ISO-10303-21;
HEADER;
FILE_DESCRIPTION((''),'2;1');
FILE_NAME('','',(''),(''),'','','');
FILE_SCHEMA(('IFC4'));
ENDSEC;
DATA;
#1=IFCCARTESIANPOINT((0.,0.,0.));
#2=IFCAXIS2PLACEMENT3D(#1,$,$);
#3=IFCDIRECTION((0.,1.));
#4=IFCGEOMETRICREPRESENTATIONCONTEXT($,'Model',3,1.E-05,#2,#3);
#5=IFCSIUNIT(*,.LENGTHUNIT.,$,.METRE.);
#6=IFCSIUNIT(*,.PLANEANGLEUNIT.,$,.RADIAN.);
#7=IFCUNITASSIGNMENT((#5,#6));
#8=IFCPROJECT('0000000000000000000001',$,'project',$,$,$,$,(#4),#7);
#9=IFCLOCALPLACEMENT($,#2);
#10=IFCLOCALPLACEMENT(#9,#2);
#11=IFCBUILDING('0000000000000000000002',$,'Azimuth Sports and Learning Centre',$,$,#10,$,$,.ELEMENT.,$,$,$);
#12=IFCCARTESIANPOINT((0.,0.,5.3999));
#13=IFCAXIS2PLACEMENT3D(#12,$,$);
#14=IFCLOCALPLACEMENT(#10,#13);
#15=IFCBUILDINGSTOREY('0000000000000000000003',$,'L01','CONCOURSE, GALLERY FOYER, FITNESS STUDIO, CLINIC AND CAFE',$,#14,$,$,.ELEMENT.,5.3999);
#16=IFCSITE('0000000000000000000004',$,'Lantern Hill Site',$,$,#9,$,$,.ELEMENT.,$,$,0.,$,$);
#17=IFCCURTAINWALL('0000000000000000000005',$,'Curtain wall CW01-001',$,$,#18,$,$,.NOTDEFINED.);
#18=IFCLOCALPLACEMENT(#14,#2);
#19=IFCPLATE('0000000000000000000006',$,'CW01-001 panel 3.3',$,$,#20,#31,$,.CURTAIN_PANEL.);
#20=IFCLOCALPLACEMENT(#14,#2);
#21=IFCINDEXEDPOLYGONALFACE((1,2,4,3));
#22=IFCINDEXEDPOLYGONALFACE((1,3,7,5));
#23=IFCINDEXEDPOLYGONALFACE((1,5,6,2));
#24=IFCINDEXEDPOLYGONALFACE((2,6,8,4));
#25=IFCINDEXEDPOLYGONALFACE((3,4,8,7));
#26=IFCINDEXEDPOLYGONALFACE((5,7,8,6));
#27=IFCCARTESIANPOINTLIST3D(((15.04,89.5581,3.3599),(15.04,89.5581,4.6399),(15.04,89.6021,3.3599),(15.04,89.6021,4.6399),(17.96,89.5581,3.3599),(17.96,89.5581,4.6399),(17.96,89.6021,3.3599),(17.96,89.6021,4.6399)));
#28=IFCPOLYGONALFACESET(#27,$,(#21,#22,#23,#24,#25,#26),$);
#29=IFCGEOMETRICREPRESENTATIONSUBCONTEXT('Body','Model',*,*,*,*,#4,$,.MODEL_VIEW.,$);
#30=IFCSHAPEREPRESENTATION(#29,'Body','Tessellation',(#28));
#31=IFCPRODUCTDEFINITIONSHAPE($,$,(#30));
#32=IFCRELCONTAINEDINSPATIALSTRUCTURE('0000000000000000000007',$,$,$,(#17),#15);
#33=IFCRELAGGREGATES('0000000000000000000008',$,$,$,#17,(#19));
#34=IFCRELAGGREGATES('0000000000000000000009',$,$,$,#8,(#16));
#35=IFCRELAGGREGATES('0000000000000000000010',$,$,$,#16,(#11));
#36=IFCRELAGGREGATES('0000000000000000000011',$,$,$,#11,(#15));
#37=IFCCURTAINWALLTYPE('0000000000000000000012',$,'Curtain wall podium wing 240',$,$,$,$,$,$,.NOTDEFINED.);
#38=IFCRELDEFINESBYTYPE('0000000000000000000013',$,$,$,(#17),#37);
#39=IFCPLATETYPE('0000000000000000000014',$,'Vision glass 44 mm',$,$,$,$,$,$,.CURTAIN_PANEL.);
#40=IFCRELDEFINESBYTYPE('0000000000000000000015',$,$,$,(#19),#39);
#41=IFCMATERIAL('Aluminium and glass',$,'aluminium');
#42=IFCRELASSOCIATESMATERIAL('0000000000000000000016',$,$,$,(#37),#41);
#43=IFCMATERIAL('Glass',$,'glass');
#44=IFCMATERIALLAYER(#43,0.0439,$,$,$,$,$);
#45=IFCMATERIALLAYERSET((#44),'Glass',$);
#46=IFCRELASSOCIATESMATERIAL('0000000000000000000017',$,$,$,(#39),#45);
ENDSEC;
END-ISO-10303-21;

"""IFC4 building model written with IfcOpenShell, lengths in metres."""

from ifc_helpers import new_model, si_unit, direction, frame, origin, origin_2d, place, context, subcontext, project, spatial, rectangle, extrude, material, layer, layer_set, type_object, element, aggregate, save


model = new_model("IFC4")

# Units and contexts
model_context = context("Model", 3, precision=1e-05, world=origin(), true_north=direction((0.0, 1.0)))
body_context = subcontext(model_context, "Body", "Model", "MODEL_VIEW")
ifc_project = project(units=[si_unit("LENGTHUNIT", "METRE"), si_unit("PLANEANGLEUNIT", "RADIAN")], contexts=[model_context])

# Site, building, storey
site_placement = place(None, origin())
site = spatial("IfcSite", under=ifc_project, at=site_placement, Name="Lantern Hill Site", CompositionType="ELEMENT", RefElevation=0.0)
building_placement = place(site_placement, origin())
building = spatial("IfcBuilding", under=site, at=building_placement, Name="Azimuth Sports and Learning Centre", CompositionType="ELEMENT")
storey_placement = place(building_placement, frame((0.0, 0.0, 5.3999)))
storey = spatial("IfcBuildingStorey", under=building, at=storey_placement, Name="L01", Description="CONCOURSE, GALLERY FOYER, FITNESS STUDIO, CLINIC AND CAFE", CompositionType="ELEMENT", Elevation=5.3999)

# Curtain wall, plate
ifc_material_1 = material(Name="Aluminium and glass", Category="aluminium")
curtain_wall_type = type_object("IfcCurtainWallType", Name="Curtain wall podium wing 240", PredefinedType="NOTDEFINED", material=ifc_material_1)
curtain_wall_placement = place(storey_placement, origin())
curtain_wall = element("IfcCurtainWall", 1, at=curtain_wall_placement, inside=storey, type_object=curtain_wall_type, Name="Curtain wall CW01-001", PredefinedType="NOTDEFINED")
ifc_material_2 = material(Name="Glass", Category="glass")
ifc_layer_1 = layer(ifc_material_2, 0.0439)
ifc_layer_set_1 = layer_set([ifc_layer_1], Name="Glass")
plate_type_1 = type_object("IfcPlateType", Name="Vision glass 44 mm", PredefinedType="CURTAIN_PANEL", material=ifc_layer_set_1)
plate_1_placement = place(storey_placement, frame((16.5, 89.5801, 3.3599), z_axis=(0.0, 0.0, 1.0), x_axis=(1.0, 0.0, 0.0)))
plate_1 = element("IfcPlate", 2, at=plate_1_placement, type_object=plate_type_1, Name="CW01-001 panel 3.3", PredefinedType="CURTAIN_PANEL", context=body_context, shape_type="SweptSolid", body=[
    extrude(rectangle(XDim=2.9199, YDim=0.0439, at=origin_2d()), origin(), (0.0, 0.0, 1.0), 1.28),
])
aggregate(curtain_wall, [plate_1])

save(model, "model.ifc")
